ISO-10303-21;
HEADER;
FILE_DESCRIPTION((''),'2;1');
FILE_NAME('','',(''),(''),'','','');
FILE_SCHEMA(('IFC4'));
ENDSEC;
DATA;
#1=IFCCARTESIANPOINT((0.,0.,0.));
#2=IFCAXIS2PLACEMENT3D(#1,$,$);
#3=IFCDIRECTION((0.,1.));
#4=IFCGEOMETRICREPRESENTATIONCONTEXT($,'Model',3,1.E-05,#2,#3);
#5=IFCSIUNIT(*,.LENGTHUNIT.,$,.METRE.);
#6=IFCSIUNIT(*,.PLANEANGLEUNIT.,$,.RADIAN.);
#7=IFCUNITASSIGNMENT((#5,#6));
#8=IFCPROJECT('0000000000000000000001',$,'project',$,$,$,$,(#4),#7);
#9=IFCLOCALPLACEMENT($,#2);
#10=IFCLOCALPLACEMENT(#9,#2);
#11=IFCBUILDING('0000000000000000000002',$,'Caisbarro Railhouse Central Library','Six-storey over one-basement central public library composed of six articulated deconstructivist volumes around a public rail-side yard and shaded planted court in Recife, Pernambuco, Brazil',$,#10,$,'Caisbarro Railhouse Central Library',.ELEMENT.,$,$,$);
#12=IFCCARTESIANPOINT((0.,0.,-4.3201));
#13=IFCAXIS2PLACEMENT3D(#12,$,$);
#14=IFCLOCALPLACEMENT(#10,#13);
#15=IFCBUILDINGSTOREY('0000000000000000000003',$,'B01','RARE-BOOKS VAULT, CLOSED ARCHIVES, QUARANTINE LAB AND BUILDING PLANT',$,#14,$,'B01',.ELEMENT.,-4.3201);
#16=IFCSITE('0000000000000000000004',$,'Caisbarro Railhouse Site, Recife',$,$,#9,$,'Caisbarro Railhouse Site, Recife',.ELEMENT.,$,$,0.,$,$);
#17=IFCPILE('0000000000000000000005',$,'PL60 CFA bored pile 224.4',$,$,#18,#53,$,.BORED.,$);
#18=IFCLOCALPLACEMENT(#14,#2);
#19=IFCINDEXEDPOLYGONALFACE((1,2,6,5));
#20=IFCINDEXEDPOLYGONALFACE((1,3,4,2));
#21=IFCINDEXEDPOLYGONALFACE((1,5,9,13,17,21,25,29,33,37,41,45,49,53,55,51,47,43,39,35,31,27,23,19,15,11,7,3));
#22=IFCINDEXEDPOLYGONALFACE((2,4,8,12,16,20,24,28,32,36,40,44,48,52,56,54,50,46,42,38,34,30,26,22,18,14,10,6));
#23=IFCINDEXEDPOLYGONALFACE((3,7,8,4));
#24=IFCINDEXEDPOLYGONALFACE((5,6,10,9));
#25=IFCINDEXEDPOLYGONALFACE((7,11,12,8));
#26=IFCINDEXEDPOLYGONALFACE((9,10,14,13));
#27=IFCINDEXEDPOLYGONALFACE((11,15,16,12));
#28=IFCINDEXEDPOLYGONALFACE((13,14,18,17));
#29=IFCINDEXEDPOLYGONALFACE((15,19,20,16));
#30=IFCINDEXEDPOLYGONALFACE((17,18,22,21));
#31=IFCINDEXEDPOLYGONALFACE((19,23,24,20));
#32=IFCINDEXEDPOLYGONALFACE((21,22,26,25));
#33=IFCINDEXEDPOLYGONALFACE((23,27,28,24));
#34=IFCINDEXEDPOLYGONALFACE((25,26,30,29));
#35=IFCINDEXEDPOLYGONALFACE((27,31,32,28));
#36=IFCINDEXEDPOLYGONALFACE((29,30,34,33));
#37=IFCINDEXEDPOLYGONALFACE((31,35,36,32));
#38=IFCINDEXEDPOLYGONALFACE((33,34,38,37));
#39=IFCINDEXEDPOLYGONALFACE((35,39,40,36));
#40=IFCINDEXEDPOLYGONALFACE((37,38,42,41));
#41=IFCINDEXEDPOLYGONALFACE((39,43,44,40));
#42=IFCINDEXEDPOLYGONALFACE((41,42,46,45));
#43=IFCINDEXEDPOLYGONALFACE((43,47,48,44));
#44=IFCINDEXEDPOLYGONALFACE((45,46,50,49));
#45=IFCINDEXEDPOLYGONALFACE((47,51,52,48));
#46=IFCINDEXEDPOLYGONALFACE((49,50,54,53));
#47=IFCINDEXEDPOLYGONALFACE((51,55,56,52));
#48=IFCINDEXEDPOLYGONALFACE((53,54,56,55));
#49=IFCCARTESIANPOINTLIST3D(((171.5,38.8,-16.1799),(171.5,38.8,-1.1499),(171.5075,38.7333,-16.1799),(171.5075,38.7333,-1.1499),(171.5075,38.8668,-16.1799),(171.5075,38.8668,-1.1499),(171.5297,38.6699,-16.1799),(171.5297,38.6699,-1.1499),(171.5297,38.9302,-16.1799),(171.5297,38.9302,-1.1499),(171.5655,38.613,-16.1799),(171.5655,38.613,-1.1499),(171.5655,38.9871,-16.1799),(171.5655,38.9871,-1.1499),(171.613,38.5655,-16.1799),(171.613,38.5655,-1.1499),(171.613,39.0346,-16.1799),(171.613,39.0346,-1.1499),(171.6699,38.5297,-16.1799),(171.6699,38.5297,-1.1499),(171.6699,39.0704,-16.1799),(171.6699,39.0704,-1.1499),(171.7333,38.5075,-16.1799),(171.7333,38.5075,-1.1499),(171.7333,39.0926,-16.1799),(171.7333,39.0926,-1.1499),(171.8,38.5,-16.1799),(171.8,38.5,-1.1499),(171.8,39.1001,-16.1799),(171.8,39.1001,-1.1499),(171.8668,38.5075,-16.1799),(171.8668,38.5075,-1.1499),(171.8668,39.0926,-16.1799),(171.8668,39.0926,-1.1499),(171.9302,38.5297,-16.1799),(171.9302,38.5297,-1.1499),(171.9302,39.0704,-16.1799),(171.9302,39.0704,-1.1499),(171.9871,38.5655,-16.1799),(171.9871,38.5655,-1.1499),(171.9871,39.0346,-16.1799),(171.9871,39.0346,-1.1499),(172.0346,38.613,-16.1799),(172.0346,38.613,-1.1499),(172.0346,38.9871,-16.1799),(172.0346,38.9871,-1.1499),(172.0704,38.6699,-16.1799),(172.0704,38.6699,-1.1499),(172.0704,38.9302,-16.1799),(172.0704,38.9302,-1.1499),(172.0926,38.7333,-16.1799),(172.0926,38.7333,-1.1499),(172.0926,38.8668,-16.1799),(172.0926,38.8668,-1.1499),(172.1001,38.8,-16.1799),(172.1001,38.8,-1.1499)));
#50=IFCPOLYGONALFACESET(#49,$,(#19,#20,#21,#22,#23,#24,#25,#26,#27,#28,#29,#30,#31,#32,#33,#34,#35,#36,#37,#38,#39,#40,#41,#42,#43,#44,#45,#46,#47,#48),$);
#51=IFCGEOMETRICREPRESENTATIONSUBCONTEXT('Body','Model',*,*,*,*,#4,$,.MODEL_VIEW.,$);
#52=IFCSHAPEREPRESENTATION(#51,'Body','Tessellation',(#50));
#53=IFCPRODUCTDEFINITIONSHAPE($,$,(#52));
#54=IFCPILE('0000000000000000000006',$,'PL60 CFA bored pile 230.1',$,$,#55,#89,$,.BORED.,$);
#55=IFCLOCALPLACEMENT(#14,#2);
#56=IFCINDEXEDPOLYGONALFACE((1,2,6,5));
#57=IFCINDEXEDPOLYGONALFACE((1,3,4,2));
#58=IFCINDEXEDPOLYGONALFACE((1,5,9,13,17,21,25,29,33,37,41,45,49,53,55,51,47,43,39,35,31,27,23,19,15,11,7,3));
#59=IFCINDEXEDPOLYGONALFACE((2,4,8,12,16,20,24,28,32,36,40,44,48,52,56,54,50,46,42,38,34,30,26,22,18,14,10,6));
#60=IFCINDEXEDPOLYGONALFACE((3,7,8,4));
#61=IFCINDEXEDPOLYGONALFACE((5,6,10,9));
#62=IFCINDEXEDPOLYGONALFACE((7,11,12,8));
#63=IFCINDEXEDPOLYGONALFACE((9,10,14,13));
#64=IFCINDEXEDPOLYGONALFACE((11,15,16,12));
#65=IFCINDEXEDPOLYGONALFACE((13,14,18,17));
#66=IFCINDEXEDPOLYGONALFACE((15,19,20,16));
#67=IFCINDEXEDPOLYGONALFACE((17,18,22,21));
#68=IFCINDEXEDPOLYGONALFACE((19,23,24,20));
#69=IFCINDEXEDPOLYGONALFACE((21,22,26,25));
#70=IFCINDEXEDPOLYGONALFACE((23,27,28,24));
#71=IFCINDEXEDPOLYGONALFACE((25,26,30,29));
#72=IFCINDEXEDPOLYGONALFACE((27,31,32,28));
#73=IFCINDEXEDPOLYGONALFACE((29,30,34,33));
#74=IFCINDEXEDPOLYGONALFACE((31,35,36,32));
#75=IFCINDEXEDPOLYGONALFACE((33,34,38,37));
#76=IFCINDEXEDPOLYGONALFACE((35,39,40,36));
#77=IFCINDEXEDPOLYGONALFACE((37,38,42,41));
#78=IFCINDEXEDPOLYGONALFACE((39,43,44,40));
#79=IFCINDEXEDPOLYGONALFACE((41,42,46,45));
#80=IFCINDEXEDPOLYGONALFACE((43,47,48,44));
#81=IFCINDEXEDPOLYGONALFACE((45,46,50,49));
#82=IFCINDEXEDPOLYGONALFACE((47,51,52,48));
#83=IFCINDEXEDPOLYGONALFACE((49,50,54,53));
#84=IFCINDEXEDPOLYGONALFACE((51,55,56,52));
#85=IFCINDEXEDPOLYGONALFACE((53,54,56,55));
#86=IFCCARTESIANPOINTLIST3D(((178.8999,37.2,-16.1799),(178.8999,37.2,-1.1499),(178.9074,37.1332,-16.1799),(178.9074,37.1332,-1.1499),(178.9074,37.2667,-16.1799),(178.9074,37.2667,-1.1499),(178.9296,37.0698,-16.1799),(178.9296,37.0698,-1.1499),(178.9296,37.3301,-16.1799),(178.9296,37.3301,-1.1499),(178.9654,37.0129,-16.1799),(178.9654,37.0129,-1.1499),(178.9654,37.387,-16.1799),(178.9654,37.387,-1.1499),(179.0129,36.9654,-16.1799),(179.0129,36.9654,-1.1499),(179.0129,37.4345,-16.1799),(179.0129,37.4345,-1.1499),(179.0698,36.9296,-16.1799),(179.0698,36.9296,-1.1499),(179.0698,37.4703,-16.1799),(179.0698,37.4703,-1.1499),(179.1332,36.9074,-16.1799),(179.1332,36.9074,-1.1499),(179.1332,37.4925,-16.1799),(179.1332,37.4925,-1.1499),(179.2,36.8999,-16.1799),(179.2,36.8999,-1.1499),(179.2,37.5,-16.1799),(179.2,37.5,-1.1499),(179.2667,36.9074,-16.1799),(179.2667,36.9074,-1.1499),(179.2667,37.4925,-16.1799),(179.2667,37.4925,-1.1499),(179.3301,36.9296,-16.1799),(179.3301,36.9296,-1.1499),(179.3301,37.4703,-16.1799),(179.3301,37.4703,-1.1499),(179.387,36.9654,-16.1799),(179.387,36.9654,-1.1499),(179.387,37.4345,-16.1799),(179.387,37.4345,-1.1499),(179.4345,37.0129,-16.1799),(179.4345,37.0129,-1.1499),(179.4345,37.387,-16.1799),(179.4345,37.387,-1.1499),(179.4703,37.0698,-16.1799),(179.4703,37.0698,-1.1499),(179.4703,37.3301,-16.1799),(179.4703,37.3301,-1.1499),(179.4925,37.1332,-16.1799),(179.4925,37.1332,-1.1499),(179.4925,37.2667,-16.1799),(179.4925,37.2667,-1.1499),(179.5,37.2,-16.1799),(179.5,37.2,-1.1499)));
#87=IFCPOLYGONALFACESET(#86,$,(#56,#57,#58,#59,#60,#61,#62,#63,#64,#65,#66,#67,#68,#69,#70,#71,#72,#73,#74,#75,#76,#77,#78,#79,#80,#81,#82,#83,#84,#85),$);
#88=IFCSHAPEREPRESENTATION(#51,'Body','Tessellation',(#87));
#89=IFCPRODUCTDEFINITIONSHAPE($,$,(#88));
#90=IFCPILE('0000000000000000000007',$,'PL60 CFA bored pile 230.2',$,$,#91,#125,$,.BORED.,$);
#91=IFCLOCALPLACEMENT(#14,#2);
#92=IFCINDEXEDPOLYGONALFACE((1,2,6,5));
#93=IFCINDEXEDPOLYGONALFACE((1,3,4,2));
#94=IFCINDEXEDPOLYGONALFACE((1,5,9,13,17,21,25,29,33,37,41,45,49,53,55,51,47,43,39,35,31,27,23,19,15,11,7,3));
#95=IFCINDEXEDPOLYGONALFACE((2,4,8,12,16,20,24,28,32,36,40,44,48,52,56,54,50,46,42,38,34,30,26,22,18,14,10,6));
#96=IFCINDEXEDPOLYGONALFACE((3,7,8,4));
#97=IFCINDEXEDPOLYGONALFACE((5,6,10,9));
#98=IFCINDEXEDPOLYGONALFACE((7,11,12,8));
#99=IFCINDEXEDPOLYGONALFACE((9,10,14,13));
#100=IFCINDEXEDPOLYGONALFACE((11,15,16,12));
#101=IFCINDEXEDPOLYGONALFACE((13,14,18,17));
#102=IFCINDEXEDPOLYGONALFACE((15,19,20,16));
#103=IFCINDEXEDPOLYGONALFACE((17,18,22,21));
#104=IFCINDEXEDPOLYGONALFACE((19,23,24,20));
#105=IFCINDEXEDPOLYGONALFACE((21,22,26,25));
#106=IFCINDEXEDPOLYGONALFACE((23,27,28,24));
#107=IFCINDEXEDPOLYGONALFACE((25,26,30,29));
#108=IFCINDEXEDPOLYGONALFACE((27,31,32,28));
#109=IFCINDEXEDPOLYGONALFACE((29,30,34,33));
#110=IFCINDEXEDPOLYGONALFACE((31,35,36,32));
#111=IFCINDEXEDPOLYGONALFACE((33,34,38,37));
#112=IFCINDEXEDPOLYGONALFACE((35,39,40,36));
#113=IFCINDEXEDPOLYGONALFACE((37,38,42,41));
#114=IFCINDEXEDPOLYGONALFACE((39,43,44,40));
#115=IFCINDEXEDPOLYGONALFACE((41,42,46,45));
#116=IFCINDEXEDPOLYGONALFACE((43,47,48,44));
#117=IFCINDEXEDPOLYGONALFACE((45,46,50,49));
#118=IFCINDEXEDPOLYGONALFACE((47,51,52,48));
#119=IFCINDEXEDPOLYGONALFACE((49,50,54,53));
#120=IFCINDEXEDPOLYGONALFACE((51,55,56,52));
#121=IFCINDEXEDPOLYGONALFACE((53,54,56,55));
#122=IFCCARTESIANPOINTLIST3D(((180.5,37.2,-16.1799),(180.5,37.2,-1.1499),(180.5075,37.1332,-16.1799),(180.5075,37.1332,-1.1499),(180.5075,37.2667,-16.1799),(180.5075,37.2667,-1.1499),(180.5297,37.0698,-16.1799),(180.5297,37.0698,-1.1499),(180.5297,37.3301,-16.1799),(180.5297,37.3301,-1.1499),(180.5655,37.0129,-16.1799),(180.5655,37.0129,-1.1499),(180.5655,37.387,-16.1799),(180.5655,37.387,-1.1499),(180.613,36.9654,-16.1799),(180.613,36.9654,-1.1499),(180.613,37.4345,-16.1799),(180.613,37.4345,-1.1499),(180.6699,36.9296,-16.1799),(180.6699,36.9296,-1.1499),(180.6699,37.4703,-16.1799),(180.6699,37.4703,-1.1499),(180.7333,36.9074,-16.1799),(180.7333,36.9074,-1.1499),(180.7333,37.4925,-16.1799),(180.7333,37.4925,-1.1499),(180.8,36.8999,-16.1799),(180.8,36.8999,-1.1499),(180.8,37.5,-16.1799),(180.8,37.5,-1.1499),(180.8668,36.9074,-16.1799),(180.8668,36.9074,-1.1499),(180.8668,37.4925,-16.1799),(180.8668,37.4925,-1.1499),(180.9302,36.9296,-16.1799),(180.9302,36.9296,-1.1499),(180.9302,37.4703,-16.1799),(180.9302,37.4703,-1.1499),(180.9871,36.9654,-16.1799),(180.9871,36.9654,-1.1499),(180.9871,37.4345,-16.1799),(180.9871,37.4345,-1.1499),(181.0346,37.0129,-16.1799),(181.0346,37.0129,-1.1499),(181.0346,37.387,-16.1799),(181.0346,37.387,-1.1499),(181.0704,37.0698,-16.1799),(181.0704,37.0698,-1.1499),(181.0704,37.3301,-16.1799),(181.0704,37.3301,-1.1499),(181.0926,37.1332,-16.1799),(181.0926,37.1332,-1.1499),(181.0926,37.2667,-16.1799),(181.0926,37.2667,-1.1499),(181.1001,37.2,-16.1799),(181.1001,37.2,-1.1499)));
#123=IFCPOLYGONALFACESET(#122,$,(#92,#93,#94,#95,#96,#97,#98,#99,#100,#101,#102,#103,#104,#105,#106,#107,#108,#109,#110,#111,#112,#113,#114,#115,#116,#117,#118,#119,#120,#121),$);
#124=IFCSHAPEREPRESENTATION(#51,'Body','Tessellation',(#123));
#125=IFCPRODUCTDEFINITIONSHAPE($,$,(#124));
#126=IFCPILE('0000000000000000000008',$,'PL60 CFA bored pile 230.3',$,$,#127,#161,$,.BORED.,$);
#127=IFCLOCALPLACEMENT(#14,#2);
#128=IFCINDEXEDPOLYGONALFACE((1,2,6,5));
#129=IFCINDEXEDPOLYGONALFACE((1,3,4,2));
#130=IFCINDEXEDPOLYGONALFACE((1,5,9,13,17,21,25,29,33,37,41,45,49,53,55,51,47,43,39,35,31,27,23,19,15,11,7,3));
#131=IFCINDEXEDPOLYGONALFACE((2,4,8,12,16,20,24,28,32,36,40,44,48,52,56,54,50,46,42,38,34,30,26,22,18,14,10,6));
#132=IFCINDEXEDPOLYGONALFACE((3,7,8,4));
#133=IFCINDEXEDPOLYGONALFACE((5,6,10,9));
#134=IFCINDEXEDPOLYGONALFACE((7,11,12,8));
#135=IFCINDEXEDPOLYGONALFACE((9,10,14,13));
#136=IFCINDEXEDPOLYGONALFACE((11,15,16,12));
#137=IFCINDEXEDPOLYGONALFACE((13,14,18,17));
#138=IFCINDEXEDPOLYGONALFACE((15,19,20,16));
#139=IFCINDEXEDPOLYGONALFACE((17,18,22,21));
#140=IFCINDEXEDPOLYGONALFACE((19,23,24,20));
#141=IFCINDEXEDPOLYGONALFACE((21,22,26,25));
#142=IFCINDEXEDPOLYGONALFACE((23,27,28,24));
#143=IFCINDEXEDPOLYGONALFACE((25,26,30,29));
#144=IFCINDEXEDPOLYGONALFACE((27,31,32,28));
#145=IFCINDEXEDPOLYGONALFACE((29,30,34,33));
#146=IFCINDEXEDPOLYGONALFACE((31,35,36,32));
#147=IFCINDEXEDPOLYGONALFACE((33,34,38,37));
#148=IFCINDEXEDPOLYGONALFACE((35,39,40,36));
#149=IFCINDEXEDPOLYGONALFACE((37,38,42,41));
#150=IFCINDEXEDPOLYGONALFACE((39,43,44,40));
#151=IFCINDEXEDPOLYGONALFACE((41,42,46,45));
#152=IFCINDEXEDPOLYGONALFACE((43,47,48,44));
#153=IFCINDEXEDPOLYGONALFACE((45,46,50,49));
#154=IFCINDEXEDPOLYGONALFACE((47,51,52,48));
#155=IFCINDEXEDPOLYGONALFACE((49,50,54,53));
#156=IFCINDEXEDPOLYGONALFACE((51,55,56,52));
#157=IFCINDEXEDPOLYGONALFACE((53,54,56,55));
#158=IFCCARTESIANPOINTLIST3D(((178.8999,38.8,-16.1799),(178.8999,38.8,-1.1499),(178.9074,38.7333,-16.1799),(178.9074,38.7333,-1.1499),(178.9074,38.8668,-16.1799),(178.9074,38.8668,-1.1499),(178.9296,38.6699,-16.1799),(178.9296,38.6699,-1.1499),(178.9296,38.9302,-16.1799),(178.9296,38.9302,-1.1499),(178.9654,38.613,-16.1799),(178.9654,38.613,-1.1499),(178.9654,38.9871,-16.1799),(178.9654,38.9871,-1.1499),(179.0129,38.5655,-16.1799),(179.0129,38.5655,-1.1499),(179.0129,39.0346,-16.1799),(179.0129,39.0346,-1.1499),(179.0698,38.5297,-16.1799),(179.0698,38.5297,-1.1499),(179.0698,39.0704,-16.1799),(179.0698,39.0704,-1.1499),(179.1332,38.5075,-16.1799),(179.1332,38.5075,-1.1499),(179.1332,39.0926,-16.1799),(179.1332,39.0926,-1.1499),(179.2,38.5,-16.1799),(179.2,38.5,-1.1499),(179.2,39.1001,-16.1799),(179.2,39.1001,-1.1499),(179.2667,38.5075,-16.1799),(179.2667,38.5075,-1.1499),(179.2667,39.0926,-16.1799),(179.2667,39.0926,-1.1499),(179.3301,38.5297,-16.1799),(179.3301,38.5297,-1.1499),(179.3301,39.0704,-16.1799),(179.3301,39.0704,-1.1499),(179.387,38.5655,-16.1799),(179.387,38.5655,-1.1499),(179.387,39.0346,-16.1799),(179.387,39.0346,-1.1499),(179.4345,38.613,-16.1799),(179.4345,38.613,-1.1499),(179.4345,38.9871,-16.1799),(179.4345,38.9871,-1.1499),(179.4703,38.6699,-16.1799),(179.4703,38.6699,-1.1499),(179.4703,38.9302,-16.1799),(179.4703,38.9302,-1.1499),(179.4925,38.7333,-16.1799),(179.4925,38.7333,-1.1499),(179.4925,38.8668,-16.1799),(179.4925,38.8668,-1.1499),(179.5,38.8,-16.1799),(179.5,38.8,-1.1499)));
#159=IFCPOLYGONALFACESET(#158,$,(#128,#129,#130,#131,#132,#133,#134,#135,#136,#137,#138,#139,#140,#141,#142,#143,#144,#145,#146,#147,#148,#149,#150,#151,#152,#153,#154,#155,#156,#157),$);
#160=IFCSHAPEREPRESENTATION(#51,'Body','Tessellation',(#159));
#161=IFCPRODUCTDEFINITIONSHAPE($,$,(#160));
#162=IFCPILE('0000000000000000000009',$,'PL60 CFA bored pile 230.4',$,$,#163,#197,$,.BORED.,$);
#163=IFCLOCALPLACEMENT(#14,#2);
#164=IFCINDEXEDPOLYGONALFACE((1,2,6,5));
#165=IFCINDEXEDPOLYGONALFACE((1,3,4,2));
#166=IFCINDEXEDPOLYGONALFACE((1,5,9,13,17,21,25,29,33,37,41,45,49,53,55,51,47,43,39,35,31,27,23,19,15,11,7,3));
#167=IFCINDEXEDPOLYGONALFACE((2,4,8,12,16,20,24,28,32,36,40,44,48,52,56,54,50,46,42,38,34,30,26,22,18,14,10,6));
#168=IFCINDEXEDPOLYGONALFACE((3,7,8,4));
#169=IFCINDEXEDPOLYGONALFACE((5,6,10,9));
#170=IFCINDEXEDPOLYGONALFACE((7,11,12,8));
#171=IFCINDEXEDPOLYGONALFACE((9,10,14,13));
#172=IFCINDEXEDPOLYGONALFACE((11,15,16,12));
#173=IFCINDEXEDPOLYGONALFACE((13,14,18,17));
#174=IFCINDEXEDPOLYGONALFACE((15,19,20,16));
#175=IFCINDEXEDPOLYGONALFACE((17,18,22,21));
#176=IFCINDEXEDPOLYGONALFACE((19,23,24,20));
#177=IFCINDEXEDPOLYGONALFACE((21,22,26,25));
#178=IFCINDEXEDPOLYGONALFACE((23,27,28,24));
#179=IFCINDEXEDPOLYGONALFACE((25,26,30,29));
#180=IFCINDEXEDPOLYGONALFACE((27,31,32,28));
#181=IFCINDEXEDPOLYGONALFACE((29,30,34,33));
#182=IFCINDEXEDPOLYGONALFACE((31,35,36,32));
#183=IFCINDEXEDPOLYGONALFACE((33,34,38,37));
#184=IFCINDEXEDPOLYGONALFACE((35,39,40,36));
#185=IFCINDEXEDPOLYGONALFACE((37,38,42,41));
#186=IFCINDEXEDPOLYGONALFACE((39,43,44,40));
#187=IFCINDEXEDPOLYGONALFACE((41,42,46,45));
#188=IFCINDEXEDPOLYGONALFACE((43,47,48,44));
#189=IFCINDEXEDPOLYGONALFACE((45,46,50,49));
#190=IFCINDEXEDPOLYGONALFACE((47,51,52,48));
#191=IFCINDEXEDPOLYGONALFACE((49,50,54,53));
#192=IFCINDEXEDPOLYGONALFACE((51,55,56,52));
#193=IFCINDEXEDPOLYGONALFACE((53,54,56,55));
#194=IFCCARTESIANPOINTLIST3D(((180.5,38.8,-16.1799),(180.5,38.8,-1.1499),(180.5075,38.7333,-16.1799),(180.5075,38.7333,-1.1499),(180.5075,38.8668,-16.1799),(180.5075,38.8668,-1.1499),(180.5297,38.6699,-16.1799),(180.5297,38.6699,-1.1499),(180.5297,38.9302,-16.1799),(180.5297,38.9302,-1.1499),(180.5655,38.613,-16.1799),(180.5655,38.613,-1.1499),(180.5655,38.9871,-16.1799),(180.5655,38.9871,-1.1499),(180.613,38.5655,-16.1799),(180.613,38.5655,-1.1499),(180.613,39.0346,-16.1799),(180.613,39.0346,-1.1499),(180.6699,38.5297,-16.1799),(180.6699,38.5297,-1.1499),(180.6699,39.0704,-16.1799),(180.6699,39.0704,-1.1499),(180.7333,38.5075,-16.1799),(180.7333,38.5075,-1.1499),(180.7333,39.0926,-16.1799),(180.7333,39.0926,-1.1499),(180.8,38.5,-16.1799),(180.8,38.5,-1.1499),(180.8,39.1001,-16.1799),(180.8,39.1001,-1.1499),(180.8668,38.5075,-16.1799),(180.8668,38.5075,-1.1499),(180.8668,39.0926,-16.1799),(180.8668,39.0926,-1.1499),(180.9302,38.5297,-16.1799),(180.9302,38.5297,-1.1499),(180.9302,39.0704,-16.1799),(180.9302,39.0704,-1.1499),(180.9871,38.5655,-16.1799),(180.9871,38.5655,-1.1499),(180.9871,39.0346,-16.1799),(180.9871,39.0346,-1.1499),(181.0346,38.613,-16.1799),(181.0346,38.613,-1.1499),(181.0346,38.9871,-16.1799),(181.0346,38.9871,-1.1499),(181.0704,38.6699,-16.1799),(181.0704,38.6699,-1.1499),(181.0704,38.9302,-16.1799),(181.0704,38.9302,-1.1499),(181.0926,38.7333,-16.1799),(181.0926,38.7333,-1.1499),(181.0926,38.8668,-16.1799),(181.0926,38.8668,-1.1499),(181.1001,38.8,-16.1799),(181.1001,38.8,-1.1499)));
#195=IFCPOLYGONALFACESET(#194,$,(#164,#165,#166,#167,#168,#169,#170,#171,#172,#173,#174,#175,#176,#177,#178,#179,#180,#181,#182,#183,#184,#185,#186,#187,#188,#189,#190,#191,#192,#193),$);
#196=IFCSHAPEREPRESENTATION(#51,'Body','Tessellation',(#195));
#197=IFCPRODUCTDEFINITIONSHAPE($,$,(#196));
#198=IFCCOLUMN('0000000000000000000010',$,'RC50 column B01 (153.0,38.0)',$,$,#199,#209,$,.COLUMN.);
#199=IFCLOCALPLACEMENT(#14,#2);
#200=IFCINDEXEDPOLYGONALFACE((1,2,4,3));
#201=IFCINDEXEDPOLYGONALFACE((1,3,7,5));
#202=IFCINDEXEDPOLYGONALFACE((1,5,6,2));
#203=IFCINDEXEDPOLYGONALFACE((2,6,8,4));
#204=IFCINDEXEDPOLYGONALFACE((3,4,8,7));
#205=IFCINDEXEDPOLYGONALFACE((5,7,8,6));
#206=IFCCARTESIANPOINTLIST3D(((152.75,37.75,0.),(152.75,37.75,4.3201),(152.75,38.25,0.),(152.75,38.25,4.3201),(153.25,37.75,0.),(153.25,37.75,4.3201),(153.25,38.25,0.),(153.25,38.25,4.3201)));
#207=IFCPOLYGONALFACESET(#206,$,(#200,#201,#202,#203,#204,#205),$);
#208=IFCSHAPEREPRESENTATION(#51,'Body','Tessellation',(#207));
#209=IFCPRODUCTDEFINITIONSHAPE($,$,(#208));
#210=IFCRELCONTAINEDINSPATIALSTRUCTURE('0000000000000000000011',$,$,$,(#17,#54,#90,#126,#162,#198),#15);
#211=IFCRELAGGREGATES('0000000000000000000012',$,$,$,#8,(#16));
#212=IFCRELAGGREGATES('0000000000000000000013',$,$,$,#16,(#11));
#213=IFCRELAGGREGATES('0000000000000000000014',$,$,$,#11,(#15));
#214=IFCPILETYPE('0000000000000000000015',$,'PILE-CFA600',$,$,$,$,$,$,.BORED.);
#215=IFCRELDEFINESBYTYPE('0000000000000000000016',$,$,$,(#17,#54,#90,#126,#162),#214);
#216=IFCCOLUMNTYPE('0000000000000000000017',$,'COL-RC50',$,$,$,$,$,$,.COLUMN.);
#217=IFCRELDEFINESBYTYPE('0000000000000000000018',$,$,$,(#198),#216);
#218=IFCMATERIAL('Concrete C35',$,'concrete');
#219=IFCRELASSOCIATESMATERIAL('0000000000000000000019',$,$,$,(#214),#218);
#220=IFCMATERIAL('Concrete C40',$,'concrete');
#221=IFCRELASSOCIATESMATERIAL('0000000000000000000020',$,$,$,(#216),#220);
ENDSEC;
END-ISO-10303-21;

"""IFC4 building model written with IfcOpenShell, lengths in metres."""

from ifc_helpers import new_model, si_unit, direction, frame, origin, origin_2d, place, context, subcontext, project, spatial, rectangle, circle, extrude, material, material_profile, profile_set, type_object, element, save


model = new_model("IFC4")

# Units and contexts
model_context = context("Model", 3, precision=1e-05, world=origin(), true_north=direction((0.0, 1.0)))
body_context = subcontext(model_context, "Body", "Model", "MODEL_VIEW")
ifc_project = project(units=[si_unit("LENGTHUNIT", "METRE"), si_unit("PLANEANGLEUNIT", "RADIAN")], contexts=[model_context])

# Site, building, storey
site_placement = place(None, origin())
site = spatial("IfcSite", under=ifc_project, at=site_placement, Name="Caisbarro Railhouse Site, Recife", LongName="Caisbarro Railhouse Site, Recife", CompositionType="ELEMENT", RefElevation=0.0)
building_placement = place(site_placement, origin())
building = spatial("IfcBuilding", under=site, at=building_placement, Name="Caisbarro Railhouse Central Library", Description="Six-storey over one-basement central public library composed of six articulated deconstructivist volumes around a public rail-side yard and shaded planted court in Recife, Pernambuco, Brazil", LongName="Caisbarro Railhouse Central Library", CompositionType="ELEMENT")
storey_placement = place(building_placement, frame((0.0, 0.0, -4.3201)))
storey = spatial("IfcBuildingStorey", under=building, at=storey_placement, Name="B01", Description="RARE-BOOKS VAULT, CLOSED ARCHIVES, QUARANTINE LAB AND BUILDING PLANT", LongName="B01", CompositionType="ELEMENT", Elevation=-4.3201)

# Shared definitions
ifc_material_1 = material(Name="Concrete C35", Category="concrete")
ifc_material_2 = material(Name="Concrete C40", Category="concrete")

# Piles
ifc_material_profile_1 = material_profile(ifc_material_1, circle(Radius=0.3, at=origin_2d()), Name="PILE-CFA-600")
ifc_profile_set_1 = profile_set([ifc_material_profile_1], Name="Concrete C35")
pile_type = type_object("IfcPileType", Name="PILE-CFA600", PredefinedType="BORED", material=ifc_profile_set_1)
for number, where, z_axis, x_axis, name in (
    (1, (171.8, 38.8, -1.1499), (0.0, 0.0, -1.0), (1.0, 0.0, 0.0), "PL60 CFA bored pile 224.4"),
    (2, (179.2, 37.2, -1.1499), (0.0, 0.0, -1.0), (1.0, 0.0, 0.0), "PL60 CFA bored pile 230.1"),
    (3, (180.8, 37.2, -1.1499), (0.0, 0.0, -1.0), (1.0, 0.0, 0.0), "PL60 CFA bored pile 230.2"),
    (4, (179.2, 38.8, -1.1499), (0.0, 0.0, -1.0), (1.0, 0.0, 0.0), "PL60 CFA bored pile 230.3"),
    (5, (180.8, 38.8, -1.1499), (0.0, 0.0, -1.0), (1.0, 0.0, 0.0), "PL60 CFA bored pile 230.4"),
):
    element("IfcPile", number, at=place(storey_placement, frame(where, z_axis=z_axis, x_axis=x_axis)), inside=storey, type_object=pile_type, Name=name, PredefinedType="BORED", context=body_context, shape_type="SweptSolid", body=[
        extrude(circle(Radius=0.3, at=origin_2d()), origin(), (0.0, 0.0, 1.0), 15.03),
    ])

# Column
ifc_material_profile_2 = material_profile(ifc_material_2, rectangle(XDim=0.5, YDim=0.5, at=origin_2d()), Name="RC-COL-500X500")
ifc_profile_set_2 = profile_set([ifc_material_profile_2], Name="Concrete C40")
column_type = type_object("IfcColumnType", Name="COL-RC50", PredefinedType="COLUMN", material=ifc_profile_set_2)
for number, where, z_axis, x_axis, name in (
    (6, (153.0, 38.0, 0.0), (0.0, 0.0, 1.0), (1.0, 0.0, 0.0), "RC50 column B01 (153.0,38.0)"),
):
    element("IfcColumn", number, at=place(storey_placement, frame(where, z_axis=z_axis, x_axis=x_axis)), inside=storey, type_object=column_type, Name=name, PredefinedType="COLUMN", context=body_context, shape_type="SweptSolid", body=[
        extrude(rectangle(XDim=0.5, YDim=0.5, at=origin_2d()), origin(), (0.0, 0.0, 1.0), 4.3201),
    ])

save(model, "model.ifc")
